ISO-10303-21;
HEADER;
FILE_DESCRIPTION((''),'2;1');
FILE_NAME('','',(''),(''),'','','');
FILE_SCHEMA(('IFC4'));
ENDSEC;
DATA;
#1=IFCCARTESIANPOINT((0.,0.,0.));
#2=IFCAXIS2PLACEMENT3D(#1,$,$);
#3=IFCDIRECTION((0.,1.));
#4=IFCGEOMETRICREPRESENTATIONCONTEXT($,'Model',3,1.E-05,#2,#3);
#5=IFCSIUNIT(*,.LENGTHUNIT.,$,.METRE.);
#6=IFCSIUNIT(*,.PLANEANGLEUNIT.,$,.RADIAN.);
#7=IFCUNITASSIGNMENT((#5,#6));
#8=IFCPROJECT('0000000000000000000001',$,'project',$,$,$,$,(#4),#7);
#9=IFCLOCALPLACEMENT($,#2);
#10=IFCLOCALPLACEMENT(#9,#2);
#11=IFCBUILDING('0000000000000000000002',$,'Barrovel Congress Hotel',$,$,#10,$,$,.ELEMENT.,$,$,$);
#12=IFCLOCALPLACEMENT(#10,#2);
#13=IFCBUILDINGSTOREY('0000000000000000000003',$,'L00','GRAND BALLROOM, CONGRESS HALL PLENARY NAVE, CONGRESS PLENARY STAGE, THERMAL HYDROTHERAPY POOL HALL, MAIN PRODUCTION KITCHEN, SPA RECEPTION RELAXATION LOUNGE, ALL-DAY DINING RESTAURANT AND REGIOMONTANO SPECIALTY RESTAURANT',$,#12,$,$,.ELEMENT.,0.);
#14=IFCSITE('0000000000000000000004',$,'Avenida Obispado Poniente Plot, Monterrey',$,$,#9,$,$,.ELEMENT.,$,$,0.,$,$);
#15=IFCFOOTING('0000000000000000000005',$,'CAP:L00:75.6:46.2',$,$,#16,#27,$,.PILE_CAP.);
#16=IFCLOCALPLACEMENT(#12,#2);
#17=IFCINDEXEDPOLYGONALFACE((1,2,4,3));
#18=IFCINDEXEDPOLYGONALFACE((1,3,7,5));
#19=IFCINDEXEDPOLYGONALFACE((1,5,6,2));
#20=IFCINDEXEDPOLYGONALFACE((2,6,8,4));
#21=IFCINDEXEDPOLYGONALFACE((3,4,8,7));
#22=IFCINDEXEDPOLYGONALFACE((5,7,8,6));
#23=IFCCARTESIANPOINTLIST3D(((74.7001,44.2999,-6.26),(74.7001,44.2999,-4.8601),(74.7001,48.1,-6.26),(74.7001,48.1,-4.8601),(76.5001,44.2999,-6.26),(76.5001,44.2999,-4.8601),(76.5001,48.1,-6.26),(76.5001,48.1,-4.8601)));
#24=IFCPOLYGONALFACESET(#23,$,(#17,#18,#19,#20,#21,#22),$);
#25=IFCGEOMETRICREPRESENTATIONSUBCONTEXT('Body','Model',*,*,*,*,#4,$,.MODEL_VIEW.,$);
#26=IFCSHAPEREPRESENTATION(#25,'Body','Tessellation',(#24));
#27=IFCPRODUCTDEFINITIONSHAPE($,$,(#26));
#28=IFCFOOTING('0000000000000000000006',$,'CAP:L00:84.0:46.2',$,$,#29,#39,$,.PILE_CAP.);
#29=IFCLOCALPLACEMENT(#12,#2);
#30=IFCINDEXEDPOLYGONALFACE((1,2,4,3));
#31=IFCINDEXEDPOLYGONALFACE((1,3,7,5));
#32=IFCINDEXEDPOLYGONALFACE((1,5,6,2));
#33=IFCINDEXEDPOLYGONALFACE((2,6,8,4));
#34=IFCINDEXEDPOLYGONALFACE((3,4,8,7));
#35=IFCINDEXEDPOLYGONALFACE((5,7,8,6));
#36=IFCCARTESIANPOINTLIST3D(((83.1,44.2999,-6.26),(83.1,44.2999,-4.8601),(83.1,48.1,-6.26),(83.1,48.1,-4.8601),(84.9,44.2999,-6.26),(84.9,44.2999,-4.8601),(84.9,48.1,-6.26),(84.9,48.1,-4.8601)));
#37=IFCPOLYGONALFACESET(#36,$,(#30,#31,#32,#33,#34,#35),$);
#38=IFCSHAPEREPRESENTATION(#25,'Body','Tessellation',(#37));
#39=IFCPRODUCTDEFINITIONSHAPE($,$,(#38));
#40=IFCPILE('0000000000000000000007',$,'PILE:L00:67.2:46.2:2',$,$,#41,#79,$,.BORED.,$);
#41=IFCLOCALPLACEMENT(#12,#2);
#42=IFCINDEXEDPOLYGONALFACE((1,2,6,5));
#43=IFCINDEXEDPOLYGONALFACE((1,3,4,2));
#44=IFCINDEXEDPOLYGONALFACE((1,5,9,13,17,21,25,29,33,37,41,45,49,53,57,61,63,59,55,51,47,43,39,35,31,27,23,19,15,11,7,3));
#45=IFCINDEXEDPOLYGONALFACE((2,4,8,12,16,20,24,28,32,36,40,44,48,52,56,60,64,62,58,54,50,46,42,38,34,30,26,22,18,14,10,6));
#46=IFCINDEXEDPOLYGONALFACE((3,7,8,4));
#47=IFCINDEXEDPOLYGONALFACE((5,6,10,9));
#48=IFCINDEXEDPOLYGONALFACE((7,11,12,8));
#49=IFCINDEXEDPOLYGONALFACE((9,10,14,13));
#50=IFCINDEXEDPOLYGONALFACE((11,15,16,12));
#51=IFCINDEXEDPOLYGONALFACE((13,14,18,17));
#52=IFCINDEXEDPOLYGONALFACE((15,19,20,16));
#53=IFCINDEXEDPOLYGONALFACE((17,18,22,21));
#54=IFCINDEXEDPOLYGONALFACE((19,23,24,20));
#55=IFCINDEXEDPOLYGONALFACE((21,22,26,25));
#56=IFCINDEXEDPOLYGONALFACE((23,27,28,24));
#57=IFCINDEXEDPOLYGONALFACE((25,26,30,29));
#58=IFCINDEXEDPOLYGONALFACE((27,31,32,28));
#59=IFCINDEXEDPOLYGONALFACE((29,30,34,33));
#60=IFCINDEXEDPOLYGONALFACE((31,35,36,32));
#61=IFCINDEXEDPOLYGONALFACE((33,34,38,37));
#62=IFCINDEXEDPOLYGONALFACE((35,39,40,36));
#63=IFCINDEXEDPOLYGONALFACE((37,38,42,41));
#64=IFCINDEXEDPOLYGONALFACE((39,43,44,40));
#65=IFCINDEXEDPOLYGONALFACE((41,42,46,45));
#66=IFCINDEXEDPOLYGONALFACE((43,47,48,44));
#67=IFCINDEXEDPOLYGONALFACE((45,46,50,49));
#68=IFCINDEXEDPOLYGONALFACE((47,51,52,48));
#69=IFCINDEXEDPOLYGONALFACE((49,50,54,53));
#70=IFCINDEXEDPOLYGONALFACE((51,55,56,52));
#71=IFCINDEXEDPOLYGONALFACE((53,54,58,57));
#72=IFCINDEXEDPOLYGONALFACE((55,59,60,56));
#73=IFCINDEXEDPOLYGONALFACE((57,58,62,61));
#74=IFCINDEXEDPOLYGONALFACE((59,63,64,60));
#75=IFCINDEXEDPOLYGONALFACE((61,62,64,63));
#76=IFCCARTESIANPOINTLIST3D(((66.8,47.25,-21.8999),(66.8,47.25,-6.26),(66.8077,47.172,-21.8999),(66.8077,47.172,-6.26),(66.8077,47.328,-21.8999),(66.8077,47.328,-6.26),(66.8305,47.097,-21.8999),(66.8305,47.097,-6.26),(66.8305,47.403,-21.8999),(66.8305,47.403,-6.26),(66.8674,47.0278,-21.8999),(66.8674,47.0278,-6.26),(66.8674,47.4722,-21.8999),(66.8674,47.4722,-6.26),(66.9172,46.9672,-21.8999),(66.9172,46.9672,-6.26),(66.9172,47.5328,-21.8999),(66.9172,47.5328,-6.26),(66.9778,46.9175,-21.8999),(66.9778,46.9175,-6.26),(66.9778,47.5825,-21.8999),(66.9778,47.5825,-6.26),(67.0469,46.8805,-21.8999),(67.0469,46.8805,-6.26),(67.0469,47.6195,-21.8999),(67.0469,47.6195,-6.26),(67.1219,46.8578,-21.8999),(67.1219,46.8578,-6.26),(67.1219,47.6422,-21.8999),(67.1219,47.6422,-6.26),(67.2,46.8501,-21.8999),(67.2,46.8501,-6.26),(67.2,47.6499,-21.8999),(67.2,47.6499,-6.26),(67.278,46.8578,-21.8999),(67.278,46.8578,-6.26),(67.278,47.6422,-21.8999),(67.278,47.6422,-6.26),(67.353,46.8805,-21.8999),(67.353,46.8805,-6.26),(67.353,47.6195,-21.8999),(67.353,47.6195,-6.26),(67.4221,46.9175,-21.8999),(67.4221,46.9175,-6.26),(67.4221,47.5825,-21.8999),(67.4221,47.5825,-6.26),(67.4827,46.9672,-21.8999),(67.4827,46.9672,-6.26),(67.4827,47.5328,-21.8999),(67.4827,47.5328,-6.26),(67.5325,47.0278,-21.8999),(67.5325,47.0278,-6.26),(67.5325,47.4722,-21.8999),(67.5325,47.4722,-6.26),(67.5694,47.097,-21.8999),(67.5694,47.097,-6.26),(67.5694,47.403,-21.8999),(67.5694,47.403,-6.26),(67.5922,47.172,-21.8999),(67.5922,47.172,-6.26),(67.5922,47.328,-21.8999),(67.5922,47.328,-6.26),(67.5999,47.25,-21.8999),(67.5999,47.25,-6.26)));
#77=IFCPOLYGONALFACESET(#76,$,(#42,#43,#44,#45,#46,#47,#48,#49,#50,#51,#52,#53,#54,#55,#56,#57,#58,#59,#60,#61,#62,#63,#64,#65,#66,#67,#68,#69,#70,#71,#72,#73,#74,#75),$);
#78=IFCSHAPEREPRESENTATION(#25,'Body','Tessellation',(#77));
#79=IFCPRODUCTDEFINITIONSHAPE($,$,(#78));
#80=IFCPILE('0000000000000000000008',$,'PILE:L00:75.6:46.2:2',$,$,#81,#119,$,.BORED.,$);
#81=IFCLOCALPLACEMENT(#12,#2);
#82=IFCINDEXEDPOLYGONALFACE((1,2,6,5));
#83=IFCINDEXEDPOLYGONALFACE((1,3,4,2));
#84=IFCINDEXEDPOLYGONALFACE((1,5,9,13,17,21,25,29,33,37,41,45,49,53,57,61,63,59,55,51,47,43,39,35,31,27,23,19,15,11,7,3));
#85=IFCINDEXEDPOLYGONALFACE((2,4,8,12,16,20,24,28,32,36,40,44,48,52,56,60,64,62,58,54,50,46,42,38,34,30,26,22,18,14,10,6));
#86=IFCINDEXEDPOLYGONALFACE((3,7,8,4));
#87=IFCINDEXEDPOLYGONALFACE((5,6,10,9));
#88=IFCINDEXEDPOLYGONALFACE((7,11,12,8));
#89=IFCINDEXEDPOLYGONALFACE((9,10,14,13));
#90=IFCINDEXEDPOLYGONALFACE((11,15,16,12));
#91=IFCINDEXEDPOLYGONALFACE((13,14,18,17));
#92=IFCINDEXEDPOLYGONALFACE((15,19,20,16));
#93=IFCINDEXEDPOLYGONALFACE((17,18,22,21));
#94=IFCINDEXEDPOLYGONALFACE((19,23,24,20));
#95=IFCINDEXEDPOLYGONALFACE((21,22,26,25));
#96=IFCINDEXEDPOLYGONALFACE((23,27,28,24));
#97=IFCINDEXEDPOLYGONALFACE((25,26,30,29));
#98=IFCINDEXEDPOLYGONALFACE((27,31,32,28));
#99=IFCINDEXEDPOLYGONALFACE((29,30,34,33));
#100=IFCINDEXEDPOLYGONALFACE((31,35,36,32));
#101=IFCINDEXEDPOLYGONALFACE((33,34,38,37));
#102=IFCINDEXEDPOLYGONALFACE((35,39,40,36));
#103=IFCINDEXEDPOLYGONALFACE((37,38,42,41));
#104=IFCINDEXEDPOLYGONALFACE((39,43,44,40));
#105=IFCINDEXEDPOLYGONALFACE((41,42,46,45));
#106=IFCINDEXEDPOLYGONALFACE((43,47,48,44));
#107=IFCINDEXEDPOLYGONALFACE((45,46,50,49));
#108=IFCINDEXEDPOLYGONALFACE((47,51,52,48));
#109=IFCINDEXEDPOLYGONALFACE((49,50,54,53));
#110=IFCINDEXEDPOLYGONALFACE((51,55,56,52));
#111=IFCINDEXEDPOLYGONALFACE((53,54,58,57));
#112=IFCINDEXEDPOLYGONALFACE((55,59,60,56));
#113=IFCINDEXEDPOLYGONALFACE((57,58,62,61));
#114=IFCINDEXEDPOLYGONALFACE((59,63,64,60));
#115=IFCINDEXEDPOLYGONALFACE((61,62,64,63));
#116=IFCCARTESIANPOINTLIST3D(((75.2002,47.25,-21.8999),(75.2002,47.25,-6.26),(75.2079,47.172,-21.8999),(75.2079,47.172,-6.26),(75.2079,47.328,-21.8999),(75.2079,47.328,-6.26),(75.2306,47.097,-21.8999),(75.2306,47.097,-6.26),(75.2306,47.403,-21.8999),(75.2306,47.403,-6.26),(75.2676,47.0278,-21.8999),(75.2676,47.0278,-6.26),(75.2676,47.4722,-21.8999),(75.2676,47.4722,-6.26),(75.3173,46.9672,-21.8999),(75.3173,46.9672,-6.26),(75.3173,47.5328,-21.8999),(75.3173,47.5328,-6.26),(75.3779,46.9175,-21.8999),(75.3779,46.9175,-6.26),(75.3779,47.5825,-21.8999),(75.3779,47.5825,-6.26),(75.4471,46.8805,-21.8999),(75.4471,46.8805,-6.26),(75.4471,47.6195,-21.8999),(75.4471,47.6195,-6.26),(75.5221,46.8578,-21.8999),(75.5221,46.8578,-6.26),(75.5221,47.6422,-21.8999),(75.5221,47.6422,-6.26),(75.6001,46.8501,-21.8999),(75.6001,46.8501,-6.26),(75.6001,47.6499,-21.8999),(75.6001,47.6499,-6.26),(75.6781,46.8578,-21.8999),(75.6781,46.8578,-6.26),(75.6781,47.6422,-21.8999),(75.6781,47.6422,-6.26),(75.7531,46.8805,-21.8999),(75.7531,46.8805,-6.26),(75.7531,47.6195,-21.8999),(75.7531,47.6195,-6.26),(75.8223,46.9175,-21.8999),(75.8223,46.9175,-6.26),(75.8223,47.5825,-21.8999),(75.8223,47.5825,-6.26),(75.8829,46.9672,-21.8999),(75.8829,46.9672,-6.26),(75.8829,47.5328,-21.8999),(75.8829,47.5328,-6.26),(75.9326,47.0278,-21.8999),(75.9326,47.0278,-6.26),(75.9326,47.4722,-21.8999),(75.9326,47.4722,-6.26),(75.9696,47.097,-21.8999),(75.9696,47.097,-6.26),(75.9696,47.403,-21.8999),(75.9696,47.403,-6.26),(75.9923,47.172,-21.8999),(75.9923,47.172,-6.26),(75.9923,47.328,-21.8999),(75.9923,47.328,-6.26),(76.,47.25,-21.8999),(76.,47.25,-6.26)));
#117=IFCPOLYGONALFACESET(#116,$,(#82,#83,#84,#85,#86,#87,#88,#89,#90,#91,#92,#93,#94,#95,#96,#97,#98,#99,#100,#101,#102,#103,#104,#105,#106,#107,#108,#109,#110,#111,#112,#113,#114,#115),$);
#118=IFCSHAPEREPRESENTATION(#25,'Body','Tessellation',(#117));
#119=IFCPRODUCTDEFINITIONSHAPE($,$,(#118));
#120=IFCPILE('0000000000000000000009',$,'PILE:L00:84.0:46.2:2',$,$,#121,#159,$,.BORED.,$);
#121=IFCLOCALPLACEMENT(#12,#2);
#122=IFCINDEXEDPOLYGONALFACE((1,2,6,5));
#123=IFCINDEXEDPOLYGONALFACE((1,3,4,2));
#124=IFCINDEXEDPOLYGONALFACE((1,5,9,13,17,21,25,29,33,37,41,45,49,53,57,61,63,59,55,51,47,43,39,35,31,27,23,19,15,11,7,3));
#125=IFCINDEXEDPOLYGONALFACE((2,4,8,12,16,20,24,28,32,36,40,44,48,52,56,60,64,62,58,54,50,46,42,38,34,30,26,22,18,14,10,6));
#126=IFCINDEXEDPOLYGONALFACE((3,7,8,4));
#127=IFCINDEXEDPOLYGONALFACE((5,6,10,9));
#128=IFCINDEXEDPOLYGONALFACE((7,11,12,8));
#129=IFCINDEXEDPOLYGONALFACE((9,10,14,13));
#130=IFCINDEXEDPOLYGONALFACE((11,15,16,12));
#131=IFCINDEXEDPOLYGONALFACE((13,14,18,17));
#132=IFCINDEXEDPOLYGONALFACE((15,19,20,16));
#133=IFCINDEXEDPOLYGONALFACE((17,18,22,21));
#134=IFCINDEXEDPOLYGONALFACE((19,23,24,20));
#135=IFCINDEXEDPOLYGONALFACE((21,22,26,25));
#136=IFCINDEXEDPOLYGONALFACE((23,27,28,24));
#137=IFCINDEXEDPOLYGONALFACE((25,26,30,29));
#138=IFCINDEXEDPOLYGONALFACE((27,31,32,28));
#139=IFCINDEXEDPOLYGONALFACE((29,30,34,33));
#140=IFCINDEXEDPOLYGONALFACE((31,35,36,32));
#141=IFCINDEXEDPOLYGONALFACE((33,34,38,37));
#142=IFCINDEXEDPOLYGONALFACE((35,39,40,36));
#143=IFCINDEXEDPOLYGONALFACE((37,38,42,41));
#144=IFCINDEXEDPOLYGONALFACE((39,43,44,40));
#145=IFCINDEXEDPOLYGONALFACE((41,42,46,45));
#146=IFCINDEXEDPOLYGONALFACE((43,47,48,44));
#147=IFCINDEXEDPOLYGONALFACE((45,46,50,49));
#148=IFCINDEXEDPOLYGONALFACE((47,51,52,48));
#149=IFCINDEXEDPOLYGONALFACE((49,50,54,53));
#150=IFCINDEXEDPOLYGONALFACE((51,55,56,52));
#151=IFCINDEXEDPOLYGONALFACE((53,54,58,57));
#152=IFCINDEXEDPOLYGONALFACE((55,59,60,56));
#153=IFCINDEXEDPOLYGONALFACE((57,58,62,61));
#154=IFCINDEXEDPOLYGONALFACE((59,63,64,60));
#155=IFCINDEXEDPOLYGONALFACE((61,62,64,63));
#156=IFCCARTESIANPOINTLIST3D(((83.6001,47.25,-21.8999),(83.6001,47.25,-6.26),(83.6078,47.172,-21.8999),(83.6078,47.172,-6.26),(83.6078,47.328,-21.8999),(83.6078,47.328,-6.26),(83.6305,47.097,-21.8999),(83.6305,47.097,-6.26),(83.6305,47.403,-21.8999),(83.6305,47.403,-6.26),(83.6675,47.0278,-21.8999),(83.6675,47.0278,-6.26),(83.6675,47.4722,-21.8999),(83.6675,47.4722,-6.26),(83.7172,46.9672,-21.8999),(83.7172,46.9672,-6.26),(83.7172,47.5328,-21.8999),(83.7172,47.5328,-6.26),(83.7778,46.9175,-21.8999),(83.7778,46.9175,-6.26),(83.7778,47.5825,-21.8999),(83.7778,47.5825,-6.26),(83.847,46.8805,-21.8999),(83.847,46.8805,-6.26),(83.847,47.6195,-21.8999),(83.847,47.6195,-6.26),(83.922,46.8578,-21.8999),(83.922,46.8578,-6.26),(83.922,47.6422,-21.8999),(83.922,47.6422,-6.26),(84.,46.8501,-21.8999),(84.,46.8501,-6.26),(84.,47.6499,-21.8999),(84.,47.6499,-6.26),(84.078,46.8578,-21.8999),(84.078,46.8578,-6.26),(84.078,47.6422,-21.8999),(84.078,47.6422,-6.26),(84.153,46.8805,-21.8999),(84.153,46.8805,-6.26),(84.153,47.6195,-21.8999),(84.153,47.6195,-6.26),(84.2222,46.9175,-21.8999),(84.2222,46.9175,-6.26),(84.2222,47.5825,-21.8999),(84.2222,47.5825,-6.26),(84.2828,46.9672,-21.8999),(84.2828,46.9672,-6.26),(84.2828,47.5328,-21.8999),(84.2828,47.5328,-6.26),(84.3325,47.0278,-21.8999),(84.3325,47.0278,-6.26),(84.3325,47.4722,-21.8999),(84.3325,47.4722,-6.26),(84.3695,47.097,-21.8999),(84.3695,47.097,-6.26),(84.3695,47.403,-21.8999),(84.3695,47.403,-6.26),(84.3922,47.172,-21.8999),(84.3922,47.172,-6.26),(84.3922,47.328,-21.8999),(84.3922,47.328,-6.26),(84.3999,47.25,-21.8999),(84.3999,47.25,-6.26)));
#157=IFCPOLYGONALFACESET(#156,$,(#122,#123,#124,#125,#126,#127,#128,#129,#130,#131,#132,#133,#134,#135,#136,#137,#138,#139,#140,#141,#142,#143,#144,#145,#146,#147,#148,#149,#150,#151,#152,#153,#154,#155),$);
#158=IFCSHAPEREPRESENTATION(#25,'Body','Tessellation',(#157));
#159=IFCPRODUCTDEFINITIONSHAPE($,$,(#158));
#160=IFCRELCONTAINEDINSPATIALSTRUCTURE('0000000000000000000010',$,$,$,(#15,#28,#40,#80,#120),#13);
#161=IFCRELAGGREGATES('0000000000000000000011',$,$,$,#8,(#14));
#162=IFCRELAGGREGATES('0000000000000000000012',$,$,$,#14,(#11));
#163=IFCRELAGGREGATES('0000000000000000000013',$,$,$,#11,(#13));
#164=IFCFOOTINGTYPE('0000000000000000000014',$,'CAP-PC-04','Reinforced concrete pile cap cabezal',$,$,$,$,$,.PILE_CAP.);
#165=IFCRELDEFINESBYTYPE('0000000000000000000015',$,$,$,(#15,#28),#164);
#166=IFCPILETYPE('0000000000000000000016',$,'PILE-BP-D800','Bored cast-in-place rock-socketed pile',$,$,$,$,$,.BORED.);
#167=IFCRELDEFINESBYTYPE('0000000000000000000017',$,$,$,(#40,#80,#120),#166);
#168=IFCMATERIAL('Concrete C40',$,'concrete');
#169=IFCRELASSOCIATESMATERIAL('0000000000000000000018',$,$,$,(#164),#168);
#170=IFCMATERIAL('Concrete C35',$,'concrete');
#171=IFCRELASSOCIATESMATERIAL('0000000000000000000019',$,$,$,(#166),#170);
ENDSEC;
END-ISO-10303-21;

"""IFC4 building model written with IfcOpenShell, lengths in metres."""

from ifc_helpers import new_model, si_unit, direction, frame, origin, origin_2d, place, context, subcontext, project, spatial, rectangle, circle, extrude, material, material_profile, profile_set, type_object, element, save


model = new_model("IFC4")

# Units and contexts
model_context = context("Model", 3, precision=1e-05, world=origin(), true_north=direction((0.0, 1.0)))
body_context = subcontext(model_context, "Body", "Model", "MODEL_VIEW")
ifc_project = project(units=[si_unit("LENGTHUNIT", "METRE"), si_unit("PLANEANGLEUNIT", "RADIAN")], contexts=[model_context])

# Site, building, storey
site_placement = place(None, origin())
site = spatial("IfcSite", under=ifc_project, at=site_placement, Name="Avenida Obispado Poniente Plot, Monterrey", CompositionType="ELEMENT", RefElevation=0.0)
building_placement = place(site_placement, origin())
building = spatial("IfcBuilding", under=site, at=building_placement, Name="Barrovel Congress Hotel", CompositionType="ELEMENT")
storey_placement = place(building_placement, origin())
storey = spatial("IfcBuildingStorey", under=building, at=storey_placement, Name="L00", Description="GRAND BALLROOM, CONGRESS HALL PLENARY NAVE, CONGRESS PLENARY STAGE, THERMAL HYDROTHERAPY POOL HALL, MAIN PRODUCTION KITCHEN, SPA RECEPTION RELAXATION LOUNGE, ALL-DAY DINING RESTAURANT AND REGIOMONTANO SPECIALTY RESTAURANT", CompositionType="ELEMENT", Elevation=0.0)

# Footings
ifc_material_1 = material(Name="Concrete C40", Category="concrete")
footing_type = type_object("IfcFootingType", Name="CAP-PC-04", Description="Reinforced concrete pile cap cabezal", PredefinedType="PILE_CAP", material=ifc_material_1)
for number, where, z_axis, x_axis, name in (
    (1, (75.6001, 46.2, -6.26), (0.0, 0.0, 1.0), (1.0, 0.0, 0.0), "CAP:L00:75.6:46.2"),
    (2, (84.0, 46.2, -6.26), (0.0, 0.0, 1.0), (1.0, 0.0, 0.0), "CAP:L00:84.0:46.2"),
):
    element("IfcFooting", number, at=place(storey_placement, frame(where, z_axis=z_axis, x_axis=x_axis)), inside=storey, type_object=footing_type, Name=name, PredefinedType="PILE_CAP", context=body_context, shape_type="SweptSolid", body=[
        extrude(rectangle(XDim=1.8, YDim=3.8, at=origin_2d()), origin(), (0.0, 0.0, 1.0), 1.3999),
    ])

# Piles
ifc_material_2 = material(Name="Concrete C35", Category="concrete")
ifc_material_profile_1 = material_profile(ifc_material_2, circle(Radius=0.3999, at=origin_2d()), Name="BP-D800")
ifc_profile_set_1 = profile_set([ifc_material_profile_1], Name="Concrete C35")
pile_type = type_object("IfcPileType", Name="PILE-BP-D800", Description="Bored cast-in-place rock-socketed pile", PredefinedType="BORED", material=ifc_profile_set_1)
for number, where, z_axis, x_axis, name in (
    (3, (67.2, 47.25, -6.26), (0.0, 0.0, -1.0), (1.0, 0.0, 0.0), "PILE:L00:67.2:46.2:2"),
    (4, (75.6001, 47.25, -6.26), (0.0, 0.0, -1.0), (1.0, 0.0, 0.0), "PILE:L00:75.6:46.2:2"),
    (5, (84.0, 47.25, -6.26), (0.0, 0.0, -1.0), (1.0, 0.0, 0.0), "PILE:L00:84.0:46.2:2"),
):
    element("IfcPile", number, at=place(storey_placement, frame(where, z_axis=z_axis, x_axis=x_axis)), inside=storey, type_object=pile_type, Name=name, PredefinedType="BORED", context=body_context, shape_type="SweptSolid", body=[
        extrude(circle(Radius=0.3999, at=origin_2d()), origin(), (0.0, 0.0, 1.0), 15.6399),
    ])

save(model, "model.ifc")
